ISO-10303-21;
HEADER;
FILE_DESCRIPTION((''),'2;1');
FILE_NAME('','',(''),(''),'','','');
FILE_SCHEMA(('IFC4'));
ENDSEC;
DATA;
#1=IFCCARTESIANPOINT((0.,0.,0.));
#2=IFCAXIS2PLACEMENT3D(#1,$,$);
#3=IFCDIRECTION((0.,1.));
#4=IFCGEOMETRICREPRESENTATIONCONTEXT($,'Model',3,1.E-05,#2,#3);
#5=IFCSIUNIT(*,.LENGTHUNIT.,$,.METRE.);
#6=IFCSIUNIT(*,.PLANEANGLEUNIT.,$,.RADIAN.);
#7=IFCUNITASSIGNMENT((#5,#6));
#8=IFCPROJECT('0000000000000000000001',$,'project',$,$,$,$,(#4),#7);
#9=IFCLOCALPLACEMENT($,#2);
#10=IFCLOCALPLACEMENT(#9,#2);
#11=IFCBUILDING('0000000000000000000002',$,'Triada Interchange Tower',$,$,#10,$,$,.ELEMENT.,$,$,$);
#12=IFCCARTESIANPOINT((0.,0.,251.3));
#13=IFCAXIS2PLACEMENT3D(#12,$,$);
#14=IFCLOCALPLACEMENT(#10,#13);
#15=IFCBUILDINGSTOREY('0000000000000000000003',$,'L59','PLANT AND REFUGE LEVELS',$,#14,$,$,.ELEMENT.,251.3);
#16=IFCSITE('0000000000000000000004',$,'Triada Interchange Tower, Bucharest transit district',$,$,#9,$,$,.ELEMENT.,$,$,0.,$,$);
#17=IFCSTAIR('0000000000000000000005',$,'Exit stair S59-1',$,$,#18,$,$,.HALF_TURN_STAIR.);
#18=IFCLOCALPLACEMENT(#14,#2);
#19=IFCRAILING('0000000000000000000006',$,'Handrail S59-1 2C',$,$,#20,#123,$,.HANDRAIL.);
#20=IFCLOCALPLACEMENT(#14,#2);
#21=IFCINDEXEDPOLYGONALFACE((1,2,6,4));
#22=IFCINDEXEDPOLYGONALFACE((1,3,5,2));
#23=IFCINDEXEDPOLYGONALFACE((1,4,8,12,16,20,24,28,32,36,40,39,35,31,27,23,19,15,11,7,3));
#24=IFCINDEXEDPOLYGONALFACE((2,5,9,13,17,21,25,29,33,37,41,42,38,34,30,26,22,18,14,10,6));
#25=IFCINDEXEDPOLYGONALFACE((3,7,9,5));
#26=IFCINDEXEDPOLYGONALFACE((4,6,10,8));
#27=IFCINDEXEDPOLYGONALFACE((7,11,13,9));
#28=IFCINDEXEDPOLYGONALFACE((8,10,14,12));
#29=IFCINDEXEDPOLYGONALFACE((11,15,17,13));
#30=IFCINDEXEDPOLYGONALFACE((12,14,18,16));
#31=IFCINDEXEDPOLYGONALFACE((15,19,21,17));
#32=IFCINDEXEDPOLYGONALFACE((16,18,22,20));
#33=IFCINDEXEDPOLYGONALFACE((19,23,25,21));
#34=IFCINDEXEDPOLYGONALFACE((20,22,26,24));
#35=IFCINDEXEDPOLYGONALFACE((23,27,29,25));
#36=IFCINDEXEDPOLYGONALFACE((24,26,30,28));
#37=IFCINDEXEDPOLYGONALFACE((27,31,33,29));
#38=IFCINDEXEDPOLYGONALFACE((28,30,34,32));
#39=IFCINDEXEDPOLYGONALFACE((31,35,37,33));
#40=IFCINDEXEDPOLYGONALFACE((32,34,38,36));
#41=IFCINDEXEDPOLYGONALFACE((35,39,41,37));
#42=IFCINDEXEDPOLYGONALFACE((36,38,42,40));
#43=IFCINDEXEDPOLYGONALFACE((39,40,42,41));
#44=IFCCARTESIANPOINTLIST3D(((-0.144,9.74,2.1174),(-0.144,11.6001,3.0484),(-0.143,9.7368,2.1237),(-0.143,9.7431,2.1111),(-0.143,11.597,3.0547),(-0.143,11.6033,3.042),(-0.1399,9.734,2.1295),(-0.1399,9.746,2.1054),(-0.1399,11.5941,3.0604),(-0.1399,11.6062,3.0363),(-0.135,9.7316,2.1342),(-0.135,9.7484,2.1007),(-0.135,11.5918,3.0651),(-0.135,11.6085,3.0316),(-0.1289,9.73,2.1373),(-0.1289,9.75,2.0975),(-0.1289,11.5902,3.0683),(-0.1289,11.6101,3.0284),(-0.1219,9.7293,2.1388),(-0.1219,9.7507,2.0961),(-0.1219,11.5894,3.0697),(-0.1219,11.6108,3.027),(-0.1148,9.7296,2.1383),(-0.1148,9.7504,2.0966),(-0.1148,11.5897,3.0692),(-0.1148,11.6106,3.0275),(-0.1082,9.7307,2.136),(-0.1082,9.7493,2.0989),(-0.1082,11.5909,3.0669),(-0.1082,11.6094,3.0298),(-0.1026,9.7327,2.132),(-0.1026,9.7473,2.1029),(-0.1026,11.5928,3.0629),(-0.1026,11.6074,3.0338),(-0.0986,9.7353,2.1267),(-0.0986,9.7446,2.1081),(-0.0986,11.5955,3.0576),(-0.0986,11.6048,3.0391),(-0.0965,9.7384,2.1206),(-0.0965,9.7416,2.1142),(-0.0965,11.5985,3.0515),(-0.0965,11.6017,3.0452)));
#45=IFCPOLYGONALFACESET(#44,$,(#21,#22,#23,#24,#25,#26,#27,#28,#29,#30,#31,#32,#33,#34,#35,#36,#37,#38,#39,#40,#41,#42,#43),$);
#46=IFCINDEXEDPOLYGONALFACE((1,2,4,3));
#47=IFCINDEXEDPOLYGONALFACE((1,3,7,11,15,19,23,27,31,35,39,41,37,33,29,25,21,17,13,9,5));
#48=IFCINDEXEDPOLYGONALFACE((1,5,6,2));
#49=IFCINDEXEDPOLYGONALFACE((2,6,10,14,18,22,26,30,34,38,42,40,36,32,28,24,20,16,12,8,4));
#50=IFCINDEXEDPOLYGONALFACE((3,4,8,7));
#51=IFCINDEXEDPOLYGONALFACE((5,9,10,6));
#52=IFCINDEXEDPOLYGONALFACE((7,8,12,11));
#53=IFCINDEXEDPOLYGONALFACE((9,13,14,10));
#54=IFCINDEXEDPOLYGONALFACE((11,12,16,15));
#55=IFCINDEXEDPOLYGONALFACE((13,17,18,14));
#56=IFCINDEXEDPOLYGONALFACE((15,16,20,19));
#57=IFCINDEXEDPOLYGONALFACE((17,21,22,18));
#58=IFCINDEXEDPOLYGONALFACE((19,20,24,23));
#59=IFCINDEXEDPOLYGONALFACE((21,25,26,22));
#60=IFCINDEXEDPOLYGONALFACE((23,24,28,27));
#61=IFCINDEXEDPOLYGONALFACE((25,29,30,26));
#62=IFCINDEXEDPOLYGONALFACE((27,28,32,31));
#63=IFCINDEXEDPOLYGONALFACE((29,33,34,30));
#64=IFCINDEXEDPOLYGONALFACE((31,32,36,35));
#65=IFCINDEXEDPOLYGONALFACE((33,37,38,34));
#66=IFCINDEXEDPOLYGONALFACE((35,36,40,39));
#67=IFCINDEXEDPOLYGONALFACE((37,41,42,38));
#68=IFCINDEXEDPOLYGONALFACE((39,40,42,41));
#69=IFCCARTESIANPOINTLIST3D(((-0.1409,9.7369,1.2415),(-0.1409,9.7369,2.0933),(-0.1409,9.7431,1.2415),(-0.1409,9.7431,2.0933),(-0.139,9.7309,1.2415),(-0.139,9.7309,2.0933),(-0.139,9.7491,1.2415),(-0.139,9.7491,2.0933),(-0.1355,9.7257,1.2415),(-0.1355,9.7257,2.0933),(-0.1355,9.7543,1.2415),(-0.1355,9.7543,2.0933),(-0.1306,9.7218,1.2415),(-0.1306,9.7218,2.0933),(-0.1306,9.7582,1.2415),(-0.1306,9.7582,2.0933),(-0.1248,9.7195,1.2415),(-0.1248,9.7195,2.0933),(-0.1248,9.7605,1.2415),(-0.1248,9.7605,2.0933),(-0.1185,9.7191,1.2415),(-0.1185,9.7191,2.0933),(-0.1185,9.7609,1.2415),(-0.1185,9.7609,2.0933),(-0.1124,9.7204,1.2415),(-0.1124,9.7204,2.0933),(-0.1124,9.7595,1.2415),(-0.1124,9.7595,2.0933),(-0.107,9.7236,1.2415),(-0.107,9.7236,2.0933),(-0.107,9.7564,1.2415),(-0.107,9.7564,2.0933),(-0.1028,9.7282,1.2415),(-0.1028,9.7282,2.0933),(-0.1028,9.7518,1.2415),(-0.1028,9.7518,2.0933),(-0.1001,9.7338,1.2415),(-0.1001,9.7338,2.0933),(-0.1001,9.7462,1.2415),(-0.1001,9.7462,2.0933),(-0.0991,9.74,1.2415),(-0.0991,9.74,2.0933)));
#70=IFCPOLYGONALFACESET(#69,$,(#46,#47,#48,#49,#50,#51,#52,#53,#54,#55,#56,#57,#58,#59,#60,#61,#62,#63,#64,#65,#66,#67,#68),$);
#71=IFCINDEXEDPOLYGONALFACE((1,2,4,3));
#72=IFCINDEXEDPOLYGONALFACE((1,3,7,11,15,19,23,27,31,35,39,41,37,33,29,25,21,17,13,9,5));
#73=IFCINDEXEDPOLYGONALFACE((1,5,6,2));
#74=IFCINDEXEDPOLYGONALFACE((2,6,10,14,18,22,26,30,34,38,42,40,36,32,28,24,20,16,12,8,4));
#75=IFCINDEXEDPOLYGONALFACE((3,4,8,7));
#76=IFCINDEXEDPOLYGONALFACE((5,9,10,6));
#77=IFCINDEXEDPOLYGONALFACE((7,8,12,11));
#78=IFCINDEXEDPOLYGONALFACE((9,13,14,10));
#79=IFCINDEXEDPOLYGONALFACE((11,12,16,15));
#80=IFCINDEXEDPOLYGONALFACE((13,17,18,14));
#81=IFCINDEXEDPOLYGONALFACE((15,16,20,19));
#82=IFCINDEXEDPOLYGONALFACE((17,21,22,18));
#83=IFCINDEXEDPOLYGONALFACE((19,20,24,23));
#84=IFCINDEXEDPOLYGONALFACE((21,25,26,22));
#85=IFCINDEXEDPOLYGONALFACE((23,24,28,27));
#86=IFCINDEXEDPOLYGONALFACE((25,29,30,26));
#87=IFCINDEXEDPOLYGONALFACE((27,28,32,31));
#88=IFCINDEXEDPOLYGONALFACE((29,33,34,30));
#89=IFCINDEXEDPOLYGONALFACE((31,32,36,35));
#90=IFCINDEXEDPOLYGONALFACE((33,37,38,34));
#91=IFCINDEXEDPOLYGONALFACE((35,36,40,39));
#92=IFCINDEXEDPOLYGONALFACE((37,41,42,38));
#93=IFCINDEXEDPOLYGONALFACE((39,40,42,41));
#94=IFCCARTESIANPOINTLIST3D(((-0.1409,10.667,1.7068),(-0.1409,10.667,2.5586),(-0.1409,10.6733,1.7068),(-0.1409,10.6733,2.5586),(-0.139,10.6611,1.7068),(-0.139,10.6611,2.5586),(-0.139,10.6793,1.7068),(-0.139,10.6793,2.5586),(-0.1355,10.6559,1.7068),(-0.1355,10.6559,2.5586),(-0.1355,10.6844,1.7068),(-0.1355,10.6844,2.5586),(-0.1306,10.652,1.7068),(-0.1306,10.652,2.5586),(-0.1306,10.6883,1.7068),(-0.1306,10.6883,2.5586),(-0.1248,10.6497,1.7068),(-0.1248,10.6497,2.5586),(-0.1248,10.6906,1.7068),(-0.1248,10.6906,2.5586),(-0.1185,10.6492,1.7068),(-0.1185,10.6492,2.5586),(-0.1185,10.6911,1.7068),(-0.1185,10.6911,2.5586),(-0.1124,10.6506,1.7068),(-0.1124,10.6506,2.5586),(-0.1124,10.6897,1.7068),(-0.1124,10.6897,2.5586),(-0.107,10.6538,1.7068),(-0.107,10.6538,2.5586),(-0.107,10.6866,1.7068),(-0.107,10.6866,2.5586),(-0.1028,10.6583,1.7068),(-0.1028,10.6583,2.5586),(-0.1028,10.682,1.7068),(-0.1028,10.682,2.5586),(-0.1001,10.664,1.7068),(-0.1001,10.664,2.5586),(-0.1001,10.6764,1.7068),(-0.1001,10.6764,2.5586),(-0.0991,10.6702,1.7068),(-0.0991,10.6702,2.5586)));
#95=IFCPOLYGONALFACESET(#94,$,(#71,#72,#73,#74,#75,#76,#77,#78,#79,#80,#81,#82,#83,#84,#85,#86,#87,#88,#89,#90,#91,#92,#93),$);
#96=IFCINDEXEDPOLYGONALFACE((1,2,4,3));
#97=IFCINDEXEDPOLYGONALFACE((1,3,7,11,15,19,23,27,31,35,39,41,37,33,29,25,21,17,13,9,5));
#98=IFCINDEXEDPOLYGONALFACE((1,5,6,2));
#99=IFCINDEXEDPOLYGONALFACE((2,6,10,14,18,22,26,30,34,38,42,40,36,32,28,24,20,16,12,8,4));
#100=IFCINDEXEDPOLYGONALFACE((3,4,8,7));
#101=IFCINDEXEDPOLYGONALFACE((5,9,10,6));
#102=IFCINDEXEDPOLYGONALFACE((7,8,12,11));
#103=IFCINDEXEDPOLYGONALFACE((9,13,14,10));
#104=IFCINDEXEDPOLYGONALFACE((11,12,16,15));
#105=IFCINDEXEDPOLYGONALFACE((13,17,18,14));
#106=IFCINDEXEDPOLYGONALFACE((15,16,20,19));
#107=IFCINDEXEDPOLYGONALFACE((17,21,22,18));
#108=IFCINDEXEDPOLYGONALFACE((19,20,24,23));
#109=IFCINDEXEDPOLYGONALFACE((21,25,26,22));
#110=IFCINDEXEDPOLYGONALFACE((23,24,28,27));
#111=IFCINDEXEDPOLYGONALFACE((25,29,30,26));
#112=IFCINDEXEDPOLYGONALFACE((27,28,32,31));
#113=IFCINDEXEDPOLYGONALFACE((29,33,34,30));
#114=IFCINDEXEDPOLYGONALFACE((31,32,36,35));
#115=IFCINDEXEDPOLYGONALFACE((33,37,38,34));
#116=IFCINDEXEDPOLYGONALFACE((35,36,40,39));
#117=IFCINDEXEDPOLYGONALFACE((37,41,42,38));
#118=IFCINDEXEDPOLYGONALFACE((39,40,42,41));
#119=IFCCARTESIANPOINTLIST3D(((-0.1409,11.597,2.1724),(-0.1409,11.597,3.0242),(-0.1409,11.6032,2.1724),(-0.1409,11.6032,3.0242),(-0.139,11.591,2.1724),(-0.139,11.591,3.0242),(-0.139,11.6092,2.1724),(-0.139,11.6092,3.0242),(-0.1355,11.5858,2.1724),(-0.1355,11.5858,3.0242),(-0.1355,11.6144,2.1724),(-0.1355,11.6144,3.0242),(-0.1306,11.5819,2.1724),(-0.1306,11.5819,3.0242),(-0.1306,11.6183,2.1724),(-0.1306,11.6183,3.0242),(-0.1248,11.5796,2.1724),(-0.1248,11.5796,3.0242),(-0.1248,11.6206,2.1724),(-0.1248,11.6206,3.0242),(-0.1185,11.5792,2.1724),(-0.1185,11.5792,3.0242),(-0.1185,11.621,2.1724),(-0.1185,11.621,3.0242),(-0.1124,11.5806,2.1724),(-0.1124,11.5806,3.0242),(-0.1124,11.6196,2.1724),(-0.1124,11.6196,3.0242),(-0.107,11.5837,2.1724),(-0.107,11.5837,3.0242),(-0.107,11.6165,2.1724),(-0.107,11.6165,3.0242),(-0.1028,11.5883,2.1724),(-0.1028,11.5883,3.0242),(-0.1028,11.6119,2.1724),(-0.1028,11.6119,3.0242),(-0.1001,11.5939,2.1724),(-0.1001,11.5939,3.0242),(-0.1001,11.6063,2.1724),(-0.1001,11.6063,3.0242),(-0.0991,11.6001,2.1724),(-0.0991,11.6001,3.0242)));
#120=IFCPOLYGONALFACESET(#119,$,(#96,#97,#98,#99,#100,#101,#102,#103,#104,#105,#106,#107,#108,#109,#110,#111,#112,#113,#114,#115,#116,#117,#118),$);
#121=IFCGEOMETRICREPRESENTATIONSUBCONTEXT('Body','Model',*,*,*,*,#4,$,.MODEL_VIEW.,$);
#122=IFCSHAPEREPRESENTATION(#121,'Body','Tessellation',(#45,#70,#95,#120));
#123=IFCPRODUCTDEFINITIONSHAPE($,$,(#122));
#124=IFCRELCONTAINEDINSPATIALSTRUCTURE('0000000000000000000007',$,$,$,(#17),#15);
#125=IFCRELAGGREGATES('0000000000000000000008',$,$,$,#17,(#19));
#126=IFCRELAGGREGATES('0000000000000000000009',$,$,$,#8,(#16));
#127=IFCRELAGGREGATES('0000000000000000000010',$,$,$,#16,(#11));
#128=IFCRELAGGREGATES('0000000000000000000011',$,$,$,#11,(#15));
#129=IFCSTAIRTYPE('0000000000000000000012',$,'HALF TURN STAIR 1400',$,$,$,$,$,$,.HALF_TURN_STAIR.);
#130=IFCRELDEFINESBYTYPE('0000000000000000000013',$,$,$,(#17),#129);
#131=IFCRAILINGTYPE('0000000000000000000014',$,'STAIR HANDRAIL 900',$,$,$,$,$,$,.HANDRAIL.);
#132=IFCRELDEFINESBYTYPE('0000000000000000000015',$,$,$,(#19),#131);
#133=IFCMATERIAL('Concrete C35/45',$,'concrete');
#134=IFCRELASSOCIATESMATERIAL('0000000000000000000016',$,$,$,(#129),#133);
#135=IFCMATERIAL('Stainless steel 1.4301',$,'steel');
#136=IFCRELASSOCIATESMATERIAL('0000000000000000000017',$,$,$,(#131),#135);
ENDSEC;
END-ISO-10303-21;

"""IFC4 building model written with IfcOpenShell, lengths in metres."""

from ifc_helpers import new_model, si_unit, direction, frame, origin, origin_2d, place, context, subcontext, project, spatial, circle, extrude, material, type_object, element, aggregate, save


model = new_model("IFC4")

# Units and contexts
model_context = context("Model", 3, precision=1e-05, world=origin(), true_north=direction((0.0, 1.0)))
body_context = subcontext(model_context, "Body", "Model", "MODEL_VIEW")
ifc_project = project(units=[si_unit("LENGTHUNIT", "METRE"), si_unit("PLANEANGLEUNIT", "RADIAN")], contexts=[model_context])

# Site, building, storey
site_placement = place(None, origin())
site = spatial("IfcSite", under=ifc_project, at=site_placement, Name="Triada Interchange Tower, Bucharest transit district", CompositionType="ELEMENT", RefElevation=0.0)
building_placement = place(site_placement, origin())
building = spatial("IfcBuilding", under=site, at=building_placement, Name="Triada Interchange Tower", CompositionType="ELEMENT")
storey_placement = place(building_placement, frame((0.0, 0.0, 251.3)))
storey = spatial("IfcBuildingStorey", under=building, at=storey_placement, Name="L59", Description="PLANT AND REFUGE LEVELS", CompositionType="ELEMENT", Elevation=251.3)

# Stair
ifc_material_1 = material(Name="Concrete C35/45", Category="concrete")
stair_type = type_object("IfcStairType", Name="HALF TURN STAIR 1400", PredefinedType="HALF_TURN_STAIR", material=ifc_material_1)
stair_placement = place(storey_placement, origin())
stair = element("IfcStair", 1, at=stair_placement, inside=storey, type_object=stair_type, Name="Exit stair S59-1", PredefinedType="HALF_TURN_STAIR")

# Railing
ifc_material_2 = material(Name="Stainless steel 1.4301", Category="steel")
railing_type = type_object("IfcRailingType", Name="STAIR HANDRAIL 900", PredefinedType="HANDRAIL", material=ifc_material_2)
railing_1_placement = place(storey_placement, frame((-0.1201, 9.74, 1.2415)))
railing_1 = element("IfcRailing", 2, at=railing_1_placement, type_object=railing_type, Name="Handrail S59-1 2C", PredefinedType="HANDRAIL", context=body_context, shape_type="SweptSolid", body=[
    extrude(circle(Radius=0.0239, at=origin_2d()), frame((0.0, 0.0, 0.876), z_axis=(0.0, 0.894263, 0.447542), x_axis=(-1.0, 0.0, 0.0)), (0.0, 0.0, 1.0), 2.0801),
    extrude(circle(Radius=0.021, at=origin_2d()), origin(), (0.0, 0.0, 1.0), 0.8518),
    extrude(circle(Radius=0.021, at=origin_2d()), frame((0.0, 0.9302, 0.4653)), (0.0, 0.0, 1.0), 0.8518),
    extrude(circle(Radius=0.021, at=origin_2d()), frame((0.0, 1.8601, 0.9309)), (0.0, 0.0, 1.0), 0.8518),
])
aggregate(stair, [railing_1])

save(model, "model.ifc")
